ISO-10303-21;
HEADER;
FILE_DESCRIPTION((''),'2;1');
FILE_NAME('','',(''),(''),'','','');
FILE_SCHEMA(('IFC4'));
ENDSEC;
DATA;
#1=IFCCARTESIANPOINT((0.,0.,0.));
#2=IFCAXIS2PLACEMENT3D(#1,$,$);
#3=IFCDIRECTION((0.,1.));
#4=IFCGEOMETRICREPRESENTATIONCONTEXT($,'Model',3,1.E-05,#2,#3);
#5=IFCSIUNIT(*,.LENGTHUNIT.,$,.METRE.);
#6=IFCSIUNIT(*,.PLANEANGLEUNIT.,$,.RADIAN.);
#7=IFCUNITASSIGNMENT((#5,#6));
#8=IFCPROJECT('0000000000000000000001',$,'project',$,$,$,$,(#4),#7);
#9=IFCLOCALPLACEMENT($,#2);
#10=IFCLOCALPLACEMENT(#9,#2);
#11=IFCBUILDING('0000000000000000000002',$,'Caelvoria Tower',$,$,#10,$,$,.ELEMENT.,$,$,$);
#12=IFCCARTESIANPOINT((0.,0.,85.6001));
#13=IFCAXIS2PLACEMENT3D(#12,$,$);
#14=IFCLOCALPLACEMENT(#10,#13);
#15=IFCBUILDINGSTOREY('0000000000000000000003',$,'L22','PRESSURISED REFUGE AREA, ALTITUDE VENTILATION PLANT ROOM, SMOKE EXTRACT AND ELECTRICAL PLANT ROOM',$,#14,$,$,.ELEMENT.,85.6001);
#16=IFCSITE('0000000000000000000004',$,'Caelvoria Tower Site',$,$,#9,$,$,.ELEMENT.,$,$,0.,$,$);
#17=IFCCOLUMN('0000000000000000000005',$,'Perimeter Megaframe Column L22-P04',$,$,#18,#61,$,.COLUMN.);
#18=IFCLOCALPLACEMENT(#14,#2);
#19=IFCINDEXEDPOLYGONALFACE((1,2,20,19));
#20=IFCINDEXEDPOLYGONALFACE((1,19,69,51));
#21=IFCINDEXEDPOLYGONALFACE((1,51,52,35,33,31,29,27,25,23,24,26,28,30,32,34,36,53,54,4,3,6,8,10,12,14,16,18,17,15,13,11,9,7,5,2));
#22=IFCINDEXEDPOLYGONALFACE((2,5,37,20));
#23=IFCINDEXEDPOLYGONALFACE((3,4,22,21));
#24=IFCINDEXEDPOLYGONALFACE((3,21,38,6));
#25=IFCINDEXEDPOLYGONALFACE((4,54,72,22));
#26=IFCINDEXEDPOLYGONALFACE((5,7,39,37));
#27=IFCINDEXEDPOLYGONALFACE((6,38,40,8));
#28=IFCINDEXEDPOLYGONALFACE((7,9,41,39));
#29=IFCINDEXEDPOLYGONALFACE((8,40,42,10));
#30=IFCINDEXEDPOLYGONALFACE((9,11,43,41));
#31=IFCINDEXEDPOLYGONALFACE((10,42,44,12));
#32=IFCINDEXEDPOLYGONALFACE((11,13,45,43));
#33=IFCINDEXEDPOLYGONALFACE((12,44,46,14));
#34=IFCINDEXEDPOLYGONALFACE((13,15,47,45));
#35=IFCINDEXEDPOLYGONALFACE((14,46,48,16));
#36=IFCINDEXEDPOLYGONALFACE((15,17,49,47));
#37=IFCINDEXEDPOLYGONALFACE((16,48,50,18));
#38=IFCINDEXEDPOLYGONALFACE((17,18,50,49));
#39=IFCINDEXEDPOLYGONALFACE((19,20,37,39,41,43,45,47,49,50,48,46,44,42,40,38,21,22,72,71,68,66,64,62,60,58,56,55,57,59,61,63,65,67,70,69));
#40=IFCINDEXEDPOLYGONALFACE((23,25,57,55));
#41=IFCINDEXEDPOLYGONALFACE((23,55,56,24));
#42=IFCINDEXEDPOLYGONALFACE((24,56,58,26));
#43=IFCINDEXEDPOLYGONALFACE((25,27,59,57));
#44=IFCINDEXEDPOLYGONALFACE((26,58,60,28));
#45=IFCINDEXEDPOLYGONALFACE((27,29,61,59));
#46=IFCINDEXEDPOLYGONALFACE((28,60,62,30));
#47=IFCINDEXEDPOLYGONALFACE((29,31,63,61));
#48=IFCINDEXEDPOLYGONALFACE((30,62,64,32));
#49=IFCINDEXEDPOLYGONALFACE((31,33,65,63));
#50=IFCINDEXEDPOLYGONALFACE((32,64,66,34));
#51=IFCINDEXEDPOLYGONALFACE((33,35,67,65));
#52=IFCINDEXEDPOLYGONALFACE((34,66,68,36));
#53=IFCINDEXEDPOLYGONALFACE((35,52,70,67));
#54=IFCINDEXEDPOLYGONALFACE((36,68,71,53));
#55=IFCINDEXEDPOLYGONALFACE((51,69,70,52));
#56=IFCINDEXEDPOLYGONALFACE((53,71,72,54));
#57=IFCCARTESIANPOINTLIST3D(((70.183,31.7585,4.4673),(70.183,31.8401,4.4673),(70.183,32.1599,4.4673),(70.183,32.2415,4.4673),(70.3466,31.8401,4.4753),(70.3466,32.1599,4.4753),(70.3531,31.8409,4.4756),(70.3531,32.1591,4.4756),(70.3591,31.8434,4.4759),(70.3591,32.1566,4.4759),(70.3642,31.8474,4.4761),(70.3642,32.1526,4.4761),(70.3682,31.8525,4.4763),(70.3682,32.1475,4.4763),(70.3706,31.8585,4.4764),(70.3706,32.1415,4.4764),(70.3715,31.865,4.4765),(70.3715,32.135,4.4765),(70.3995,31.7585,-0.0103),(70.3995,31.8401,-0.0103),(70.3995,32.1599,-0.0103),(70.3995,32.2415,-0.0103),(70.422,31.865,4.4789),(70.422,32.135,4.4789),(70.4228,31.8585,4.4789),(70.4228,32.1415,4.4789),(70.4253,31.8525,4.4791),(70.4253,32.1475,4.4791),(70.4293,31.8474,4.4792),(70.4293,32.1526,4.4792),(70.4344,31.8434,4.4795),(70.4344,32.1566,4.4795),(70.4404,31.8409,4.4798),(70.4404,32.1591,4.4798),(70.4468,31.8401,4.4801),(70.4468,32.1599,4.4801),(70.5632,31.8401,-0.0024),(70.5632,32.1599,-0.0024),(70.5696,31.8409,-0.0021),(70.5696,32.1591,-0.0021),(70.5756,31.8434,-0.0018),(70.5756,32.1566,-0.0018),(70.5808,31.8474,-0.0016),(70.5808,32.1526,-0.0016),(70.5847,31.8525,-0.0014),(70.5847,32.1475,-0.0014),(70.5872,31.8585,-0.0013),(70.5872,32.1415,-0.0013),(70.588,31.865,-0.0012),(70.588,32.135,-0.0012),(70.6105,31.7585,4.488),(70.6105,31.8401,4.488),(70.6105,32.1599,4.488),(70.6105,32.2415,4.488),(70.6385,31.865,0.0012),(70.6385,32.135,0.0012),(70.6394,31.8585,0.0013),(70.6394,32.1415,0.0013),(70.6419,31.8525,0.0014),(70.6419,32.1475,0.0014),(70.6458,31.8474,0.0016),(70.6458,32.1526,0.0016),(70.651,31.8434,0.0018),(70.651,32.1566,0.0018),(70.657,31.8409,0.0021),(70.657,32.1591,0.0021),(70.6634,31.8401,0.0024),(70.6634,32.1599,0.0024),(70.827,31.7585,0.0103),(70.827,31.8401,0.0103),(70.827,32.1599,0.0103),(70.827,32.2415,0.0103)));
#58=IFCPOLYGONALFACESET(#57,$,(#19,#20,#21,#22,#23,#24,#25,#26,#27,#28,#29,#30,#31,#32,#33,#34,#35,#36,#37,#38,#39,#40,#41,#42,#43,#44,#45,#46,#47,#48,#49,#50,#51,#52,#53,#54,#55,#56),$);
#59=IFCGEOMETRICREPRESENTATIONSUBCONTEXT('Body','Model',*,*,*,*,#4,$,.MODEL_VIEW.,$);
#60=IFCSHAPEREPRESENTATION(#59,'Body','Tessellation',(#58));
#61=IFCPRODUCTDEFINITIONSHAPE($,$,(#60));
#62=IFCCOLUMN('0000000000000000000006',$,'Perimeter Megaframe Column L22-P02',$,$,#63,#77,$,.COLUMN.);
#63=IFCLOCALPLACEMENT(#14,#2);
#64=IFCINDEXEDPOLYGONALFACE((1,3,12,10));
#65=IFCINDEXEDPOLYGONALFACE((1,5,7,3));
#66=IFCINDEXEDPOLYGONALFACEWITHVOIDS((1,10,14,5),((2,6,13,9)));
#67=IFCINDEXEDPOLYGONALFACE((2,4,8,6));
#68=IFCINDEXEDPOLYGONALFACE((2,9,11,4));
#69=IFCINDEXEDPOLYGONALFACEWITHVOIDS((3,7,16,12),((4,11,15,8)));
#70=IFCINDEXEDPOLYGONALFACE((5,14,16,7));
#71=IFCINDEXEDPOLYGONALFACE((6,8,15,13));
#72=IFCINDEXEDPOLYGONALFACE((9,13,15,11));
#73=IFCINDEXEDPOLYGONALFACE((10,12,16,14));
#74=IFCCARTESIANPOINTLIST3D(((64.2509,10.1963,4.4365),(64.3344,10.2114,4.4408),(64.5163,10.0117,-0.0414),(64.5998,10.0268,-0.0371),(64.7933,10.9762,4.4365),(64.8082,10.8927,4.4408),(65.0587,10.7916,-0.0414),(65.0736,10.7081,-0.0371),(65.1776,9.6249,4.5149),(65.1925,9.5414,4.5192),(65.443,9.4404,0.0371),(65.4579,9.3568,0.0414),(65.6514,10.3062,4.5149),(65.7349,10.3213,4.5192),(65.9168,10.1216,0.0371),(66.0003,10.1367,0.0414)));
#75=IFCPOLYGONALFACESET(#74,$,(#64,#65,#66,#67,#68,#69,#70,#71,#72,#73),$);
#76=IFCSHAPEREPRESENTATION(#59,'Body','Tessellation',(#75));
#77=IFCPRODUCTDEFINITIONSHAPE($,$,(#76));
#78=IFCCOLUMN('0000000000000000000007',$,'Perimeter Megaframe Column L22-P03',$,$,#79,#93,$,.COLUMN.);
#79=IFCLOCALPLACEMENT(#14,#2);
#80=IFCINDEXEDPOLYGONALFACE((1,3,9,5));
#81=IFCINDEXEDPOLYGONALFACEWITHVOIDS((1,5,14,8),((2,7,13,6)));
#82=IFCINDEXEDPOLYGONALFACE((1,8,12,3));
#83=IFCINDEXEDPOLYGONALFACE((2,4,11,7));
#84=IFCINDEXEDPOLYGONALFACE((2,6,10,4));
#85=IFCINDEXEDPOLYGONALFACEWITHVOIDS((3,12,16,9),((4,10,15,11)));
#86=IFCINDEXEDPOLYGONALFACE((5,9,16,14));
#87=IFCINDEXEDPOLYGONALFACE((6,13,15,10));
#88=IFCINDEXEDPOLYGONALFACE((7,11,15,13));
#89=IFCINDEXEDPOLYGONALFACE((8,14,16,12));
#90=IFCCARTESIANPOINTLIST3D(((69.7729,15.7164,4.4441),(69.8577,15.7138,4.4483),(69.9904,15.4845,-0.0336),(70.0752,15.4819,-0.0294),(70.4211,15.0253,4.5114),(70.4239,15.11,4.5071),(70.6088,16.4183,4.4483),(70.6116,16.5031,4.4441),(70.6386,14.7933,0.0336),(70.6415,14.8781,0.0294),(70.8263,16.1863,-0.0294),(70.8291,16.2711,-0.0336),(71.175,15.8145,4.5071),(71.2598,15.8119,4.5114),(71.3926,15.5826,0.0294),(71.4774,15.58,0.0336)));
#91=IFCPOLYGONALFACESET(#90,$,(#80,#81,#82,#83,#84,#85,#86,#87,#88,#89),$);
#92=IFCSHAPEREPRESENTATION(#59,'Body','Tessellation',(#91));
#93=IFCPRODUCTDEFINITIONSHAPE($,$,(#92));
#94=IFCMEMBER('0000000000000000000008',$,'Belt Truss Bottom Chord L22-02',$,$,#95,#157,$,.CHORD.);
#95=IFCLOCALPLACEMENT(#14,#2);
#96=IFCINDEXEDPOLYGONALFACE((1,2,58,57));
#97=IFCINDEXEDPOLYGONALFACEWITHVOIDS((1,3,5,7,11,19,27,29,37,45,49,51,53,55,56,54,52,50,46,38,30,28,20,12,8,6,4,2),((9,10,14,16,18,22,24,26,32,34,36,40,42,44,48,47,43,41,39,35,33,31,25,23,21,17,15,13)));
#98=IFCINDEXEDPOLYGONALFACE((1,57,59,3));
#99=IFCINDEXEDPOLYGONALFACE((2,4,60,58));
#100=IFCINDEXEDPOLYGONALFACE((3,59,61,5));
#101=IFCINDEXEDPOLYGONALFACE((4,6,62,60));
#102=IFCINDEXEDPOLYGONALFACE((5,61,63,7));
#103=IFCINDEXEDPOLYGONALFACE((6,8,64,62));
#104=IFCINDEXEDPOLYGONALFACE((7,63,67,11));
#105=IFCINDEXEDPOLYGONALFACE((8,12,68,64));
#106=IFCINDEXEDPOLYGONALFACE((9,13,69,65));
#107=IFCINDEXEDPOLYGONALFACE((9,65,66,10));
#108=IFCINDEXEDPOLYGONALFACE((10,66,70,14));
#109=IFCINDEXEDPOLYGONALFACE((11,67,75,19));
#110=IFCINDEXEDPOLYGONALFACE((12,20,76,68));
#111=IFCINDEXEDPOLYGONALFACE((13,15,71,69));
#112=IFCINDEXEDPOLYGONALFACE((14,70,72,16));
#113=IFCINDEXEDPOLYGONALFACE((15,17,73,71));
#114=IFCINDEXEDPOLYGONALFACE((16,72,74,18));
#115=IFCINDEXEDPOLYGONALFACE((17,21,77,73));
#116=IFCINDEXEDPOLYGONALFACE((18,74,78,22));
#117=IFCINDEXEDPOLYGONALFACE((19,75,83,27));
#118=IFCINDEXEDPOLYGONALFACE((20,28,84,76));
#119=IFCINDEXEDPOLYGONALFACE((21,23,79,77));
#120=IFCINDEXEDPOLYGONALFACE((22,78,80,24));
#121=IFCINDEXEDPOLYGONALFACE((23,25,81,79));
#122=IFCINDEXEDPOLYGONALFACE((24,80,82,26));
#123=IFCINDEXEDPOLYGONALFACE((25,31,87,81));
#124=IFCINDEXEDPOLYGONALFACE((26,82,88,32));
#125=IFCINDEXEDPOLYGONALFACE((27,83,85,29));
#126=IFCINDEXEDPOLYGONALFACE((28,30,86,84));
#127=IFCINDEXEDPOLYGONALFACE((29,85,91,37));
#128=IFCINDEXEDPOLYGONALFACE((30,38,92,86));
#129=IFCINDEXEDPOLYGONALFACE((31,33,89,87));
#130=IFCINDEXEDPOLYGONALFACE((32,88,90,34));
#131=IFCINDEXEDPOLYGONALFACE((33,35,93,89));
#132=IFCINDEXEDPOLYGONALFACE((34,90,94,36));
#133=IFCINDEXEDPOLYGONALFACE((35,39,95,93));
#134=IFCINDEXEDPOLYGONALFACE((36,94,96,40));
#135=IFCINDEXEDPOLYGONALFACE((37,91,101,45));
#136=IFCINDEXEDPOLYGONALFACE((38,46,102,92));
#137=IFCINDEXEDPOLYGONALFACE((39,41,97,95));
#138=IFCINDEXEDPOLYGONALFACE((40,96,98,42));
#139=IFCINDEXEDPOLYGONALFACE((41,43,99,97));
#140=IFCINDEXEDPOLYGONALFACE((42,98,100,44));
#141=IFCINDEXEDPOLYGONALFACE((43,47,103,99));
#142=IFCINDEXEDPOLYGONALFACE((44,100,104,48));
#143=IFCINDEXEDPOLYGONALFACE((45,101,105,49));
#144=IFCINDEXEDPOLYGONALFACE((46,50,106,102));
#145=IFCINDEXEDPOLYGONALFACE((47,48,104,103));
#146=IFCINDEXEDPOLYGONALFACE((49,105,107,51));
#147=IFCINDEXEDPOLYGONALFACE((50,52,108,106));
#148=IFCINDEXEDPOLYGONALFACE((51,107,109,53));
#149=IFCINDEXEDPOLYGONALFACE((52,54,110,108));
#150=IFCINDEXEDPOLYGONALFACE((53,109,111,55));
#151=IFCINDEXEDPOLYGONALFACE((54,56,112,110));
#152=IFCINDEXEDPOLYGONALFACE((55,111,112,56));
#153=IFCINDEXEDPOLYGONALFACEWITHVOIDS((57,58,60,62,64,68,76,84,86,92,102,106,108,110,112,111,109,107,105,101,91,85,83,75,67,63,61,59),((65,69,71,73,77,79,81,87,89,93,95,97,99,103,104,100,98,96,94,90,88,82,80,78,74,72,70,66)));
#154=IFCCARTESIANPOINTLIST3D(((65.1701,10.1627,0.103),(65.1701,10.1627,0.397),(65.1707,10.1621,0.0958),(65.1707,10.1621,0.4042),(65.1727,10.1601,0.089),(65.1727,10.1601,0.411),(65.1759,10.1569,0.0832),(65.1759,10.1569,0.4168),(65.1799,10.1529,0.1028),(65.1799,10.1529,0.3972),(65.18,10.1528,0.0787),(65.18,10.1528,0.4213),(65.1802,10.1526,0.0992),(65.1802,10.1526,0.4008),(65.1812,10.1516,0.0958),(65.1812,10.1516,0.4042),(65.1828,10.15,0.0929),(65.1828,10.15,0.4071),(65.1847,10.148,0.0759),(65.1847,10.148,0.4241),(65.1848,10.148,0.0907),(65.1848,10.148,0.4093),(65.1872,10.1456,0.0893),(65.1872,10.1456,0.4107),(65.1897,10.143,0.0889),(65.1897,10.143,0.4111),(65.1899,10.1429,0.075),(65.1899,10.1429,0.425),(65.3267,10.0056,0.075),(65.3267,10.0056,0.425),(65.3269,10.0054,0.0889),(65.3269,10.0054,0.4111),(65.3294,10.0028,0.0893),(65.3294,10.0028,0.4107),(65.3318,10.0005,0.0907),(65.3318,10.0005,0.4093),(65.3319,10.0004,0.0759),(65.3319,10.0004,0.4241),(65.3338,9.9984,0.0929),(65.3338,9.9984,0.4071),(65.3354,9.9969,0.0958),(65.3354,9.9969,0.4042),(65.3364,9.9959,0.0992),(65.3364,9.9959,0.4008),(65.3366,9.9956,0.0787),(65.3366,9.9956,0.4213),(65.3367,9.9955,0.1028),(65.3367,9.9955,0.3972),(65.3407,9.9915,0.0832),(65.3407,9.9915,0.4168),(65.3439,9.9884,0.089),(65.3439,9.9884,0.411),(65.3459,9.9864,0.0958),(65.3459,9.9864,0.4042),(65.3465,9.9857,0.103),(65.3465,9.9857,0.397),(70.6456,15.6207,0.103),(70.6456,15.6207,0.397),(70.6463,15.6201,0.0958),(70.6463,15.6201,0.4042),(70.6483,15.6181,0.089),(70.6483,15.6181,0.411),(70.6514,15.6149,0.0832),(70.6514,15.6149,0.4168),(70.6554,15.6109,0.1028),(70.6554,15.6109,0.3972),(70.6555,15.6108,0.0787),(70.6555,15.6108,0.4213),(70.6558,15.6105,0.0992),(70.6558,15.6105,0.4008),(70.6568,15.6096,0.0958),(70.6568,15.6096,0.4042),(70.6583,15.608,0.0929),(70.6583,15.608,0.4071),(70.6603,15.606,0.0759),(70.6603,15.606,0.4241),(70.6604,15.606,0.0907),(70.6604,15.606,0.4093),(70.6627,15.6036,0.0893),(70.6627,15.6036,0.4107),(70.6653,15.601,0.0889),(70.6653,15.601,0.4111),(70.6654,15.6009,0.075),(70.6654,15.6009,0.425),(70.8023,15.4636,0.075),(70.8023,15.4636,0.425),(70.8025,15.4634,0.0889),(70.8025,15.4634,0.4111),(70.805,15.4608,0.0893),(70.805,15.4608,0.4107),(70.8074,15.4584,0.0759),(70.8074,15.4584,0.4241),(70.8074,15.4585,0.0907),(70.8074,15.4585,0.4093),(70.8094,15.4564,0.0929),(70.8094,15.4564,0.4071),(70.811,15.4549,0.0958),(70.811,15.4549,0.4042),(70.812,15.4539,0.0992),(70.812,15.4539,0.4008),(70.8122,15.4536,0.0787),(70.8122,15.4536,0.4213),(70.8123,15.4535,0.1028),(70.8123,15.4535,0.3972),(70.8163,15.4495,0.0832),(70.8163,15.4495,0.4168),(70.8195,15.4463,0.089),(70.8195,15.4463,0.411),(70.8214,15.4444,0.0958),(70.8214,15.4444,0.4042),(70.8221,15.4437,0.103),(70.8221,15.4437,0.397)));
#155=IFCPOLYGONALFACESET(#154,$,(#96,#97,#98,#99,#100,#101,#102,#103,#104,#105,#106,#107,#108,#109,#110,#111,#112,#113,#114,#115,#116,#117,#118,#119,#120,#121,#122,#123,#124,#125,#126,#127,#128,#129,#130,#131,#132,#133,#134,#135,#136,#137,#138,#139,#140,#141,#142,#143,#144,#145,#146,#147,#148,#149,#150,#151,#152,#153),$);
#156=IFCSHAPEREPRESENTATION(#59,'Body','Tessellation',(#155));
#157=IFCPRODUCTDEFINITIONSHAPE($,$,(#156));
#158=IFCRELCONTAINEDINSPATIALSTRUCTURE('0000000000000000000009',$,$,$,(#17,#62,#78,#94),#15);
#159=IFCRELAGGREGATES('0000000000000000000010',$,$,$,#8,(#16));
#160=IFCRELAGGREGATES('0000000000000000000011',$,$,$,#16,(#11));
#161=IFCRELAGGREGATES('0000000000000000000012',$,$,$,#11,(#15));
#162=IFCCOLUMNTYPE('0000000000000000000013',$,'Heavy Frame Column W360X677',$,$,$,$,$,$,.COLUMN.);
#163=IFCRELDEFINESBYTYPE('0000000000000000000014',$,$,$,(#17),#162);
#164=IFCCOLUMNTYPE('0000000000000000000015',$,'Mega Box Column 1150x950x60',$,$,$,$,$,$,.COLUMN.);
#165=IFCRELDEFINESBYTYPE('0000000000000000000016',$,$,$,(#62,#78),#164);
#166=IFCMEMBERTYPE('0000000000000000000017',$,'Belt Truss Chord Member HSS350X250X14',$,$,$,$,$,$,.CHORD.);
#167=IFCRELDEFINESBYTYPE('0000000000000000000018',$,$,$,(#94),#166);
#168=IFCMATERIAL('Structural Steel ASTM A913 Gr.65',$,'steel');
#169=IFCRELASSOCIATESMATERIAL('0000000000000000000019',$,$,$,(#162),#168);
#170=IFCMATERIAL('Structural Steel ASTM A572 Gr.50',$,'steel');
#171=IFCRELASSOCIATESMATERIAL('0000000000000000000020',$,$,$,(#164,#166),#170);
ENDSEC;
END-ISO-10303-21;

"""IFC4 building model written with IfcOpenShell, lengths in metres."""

from ifc_helpers import new_model, si_unit, direction, frame, origin, origin_2d, place, context, subcontext, project, spatial, hollow_rectangle, i_section, extrude, material, material_profile, profile_set, type_object, element, save


model = new_model("IFC4")

# Units and contexts
model_context = context("Model", 3, precision=1e-05, world=origin(), true_north=direction((0.0, 1.0)))
body_context = subcontext(model_context, "Body", "Model", "MODEL_VIEW")
ifc_project = project(units=[si_unit("LENGTHUNIT", "METRE"), si_unit("PLANEANGLEUNIT", "RADIAN")], contexts=[model_context])

# Site, building, storey
site_placement = place(None, origin())
site = spatial("IfcSite", under=ifc_project, at=site_placement, Name="Caelvoria Tower Site", CompositionType="ELEMENT", RefElevation=0.0)
building_placement = place(site_placement, origin())
building = spatial("IfcBuilding", under=site, at=building_placement, Name="Caelvoria Tower", CompositionType="ELEMENT")
storey_placement = place(building_placement, frame((0.0, 0.0, 85.6001)))
storey = spatial("IfcBuildingStorey", under=building, at=storey_placement, Name="L22", Description="PRESSURISED REFUGE AREA, ALTITUDE VENTILATION PLANT ROOM, SMOKE EXTRACT AND ELECTRICAL PLANT ROOM", CompositionType="ELEMENT", Elevation=85.6001)

# Columns
ifc_material_1 = material(Name="Structural Steel ASTM A913 Gr.65", Category="steel")
ifc_material_profile_1 = material_profile(ifc_material_1, i_section(OverallWidth=0.428, OverallDepth=0.4829, WebThickness=0.0505, FlangeThickness=0.0815, FilletRadius=0.0249, at=origin_2d()), Name="Structural Steel ASTM A913 Gr.65")
ifc_profile_set_1 = profile_set([ifc_material_profile_1], Name="W360X677 - Structural Steel ASTM A913 Gr.65")
column_type_1 = type_object("IfcColumnType", Name="Heavy Frame Column W360X677", PredefinedType="COLUMN", material=ifc_profile_set_1)
column_1_placement = place(storey_placement, frame((70.6133, 32.0, 0.0), z_axis=(-0.048305, 0.0, 0.998833), x_axis=(0.998833, 0.0, 0.048305)))
element("IfcColumn", 1, at=column_1_placement, inside=storey, type_object=column_type_1, Name="Perimeter Megaframe Column L22-P04", PredefinedType="COLUMN", context=body_context, shape_type="SweptSolid", body=[
    extrude(i_section(OverallWidth=0.428, OverallDepth=0.4829, WebThickness=0.0505, FlangeThickness=0.0815, FilletRadius=0.0249, at=origin_2d()), origin(), (0.0, 0.0, 1.0), 4.4829),
])
ifc_material_2 = material(Name="Structural Steel ASTM A572 Gr.50", Category="steel")
ifc_material_profile_2 = material_profile(ifc_material_2, hollow_rectangle(XDim=0.95, YDim=1.1499, WallThickness=0.0601, at=origin_2d()), Name="Structural Steel ASTM A572 Gr.50")
ifc_profile_set_2 = profile_set([ifc_material_profile_2], Name="BOX1150X950X60 - Structural Steel ASTM A572 Gr.50")
column_type_2 = type_object("IfcColumnType", Name="Mega Box Column 1150x950x60", PredefinedType="COLUMN", material=ifc_profile_set_2)
column_2_placement = place(storey_placement, frame((65.2583, 10.0742, 0.0), z_axis=(-0.059112, 0.041112, 0.997404), x_axis=(-0.570976, -0.820967, 0.0)))
element("IfcColumn", 2, at=column_2_placement, inside=storey, type_object=column_type_2, Name="Perimeter Megaframe Column L22-P02", PredefinedType="COLUMN", context=body_context, shape_type="SweptSolid", body=[
    extrude(hollow_rectangle(XDim=0.95, YDim=1.1499, WallThickness=0.0601, at=origin_2d()), origin(), (0.0, 0.0, 1.0), 4.4895),
])
column_3_placement = place(storey_placement, frame((70.7339, 15.5322, 0.0), z_axis=(-0.048458, 0.051666, 0.997488), x_axis=(0.682376, -0.727561, 0.070835)))
element("IfcColumn", 3, at=column_3_placement, inside=storey, type_object=column_type_2, Name="Perimeter Megaframe Column L22-P03", PredefinedType="COLUMN", context=body_context, shape_type="SweptSolid", body=[
    extrude(hollow_rectangle(XDim=0.95, YDim=1.1499, WallThickness=0.0601, at=origin_2d()), origin(), (0.0, 0.0, 1.0), 4.489),
])

# Member
ifc_material_profile_3 = material_profile(ifc_material_2, hollow_rectangle(XDim=0.25, YDim=0.3501, WallThickness=0.0139, InnerFilletRadius=0.0139, OuterFilletRadius=0.0281, at=origin_2d()), Name="Structural Steel ASTM A572 Gr.50")
ifc_profile_set_3 = profile_set([ifc_material_profile_3], Name="HSS350X250X14 - Structural Steel ASTM A572 Gr.50")
member_type_1 = type_object("IfcMemberType", Name="Belt Truss Chord Member HSS350X250X14", PredefinedType="CHORD", material=ifc_profile_set_3)
member_1_placement = place(storey_placement, frame((65.2583, 10.0742, 0.25), z_axis=(0.708243, 0.705969, 0.0), x_axis=(-0.705969, 0.708243, 0.0)))
element("IfcMember", 4, at=member_1_placement, inside=storey, type_object=member_type_1, Name="Belt Truss Bottom Chord L22-02", PredefinedType="CHORD", context=body_context, shape_type="SweptSolid", body=[
    extrude(hollow_rectangle(XDim=0.25, YDim=0.3501, WallThickness=0.0139, InnerFilletRadius=0.0139, OuterFilletRadius=0.0281, at=origin_2d()), origin(), (0.0, 0.0, 1.0), 7.7312),
])

save(model, "model.ifc")
